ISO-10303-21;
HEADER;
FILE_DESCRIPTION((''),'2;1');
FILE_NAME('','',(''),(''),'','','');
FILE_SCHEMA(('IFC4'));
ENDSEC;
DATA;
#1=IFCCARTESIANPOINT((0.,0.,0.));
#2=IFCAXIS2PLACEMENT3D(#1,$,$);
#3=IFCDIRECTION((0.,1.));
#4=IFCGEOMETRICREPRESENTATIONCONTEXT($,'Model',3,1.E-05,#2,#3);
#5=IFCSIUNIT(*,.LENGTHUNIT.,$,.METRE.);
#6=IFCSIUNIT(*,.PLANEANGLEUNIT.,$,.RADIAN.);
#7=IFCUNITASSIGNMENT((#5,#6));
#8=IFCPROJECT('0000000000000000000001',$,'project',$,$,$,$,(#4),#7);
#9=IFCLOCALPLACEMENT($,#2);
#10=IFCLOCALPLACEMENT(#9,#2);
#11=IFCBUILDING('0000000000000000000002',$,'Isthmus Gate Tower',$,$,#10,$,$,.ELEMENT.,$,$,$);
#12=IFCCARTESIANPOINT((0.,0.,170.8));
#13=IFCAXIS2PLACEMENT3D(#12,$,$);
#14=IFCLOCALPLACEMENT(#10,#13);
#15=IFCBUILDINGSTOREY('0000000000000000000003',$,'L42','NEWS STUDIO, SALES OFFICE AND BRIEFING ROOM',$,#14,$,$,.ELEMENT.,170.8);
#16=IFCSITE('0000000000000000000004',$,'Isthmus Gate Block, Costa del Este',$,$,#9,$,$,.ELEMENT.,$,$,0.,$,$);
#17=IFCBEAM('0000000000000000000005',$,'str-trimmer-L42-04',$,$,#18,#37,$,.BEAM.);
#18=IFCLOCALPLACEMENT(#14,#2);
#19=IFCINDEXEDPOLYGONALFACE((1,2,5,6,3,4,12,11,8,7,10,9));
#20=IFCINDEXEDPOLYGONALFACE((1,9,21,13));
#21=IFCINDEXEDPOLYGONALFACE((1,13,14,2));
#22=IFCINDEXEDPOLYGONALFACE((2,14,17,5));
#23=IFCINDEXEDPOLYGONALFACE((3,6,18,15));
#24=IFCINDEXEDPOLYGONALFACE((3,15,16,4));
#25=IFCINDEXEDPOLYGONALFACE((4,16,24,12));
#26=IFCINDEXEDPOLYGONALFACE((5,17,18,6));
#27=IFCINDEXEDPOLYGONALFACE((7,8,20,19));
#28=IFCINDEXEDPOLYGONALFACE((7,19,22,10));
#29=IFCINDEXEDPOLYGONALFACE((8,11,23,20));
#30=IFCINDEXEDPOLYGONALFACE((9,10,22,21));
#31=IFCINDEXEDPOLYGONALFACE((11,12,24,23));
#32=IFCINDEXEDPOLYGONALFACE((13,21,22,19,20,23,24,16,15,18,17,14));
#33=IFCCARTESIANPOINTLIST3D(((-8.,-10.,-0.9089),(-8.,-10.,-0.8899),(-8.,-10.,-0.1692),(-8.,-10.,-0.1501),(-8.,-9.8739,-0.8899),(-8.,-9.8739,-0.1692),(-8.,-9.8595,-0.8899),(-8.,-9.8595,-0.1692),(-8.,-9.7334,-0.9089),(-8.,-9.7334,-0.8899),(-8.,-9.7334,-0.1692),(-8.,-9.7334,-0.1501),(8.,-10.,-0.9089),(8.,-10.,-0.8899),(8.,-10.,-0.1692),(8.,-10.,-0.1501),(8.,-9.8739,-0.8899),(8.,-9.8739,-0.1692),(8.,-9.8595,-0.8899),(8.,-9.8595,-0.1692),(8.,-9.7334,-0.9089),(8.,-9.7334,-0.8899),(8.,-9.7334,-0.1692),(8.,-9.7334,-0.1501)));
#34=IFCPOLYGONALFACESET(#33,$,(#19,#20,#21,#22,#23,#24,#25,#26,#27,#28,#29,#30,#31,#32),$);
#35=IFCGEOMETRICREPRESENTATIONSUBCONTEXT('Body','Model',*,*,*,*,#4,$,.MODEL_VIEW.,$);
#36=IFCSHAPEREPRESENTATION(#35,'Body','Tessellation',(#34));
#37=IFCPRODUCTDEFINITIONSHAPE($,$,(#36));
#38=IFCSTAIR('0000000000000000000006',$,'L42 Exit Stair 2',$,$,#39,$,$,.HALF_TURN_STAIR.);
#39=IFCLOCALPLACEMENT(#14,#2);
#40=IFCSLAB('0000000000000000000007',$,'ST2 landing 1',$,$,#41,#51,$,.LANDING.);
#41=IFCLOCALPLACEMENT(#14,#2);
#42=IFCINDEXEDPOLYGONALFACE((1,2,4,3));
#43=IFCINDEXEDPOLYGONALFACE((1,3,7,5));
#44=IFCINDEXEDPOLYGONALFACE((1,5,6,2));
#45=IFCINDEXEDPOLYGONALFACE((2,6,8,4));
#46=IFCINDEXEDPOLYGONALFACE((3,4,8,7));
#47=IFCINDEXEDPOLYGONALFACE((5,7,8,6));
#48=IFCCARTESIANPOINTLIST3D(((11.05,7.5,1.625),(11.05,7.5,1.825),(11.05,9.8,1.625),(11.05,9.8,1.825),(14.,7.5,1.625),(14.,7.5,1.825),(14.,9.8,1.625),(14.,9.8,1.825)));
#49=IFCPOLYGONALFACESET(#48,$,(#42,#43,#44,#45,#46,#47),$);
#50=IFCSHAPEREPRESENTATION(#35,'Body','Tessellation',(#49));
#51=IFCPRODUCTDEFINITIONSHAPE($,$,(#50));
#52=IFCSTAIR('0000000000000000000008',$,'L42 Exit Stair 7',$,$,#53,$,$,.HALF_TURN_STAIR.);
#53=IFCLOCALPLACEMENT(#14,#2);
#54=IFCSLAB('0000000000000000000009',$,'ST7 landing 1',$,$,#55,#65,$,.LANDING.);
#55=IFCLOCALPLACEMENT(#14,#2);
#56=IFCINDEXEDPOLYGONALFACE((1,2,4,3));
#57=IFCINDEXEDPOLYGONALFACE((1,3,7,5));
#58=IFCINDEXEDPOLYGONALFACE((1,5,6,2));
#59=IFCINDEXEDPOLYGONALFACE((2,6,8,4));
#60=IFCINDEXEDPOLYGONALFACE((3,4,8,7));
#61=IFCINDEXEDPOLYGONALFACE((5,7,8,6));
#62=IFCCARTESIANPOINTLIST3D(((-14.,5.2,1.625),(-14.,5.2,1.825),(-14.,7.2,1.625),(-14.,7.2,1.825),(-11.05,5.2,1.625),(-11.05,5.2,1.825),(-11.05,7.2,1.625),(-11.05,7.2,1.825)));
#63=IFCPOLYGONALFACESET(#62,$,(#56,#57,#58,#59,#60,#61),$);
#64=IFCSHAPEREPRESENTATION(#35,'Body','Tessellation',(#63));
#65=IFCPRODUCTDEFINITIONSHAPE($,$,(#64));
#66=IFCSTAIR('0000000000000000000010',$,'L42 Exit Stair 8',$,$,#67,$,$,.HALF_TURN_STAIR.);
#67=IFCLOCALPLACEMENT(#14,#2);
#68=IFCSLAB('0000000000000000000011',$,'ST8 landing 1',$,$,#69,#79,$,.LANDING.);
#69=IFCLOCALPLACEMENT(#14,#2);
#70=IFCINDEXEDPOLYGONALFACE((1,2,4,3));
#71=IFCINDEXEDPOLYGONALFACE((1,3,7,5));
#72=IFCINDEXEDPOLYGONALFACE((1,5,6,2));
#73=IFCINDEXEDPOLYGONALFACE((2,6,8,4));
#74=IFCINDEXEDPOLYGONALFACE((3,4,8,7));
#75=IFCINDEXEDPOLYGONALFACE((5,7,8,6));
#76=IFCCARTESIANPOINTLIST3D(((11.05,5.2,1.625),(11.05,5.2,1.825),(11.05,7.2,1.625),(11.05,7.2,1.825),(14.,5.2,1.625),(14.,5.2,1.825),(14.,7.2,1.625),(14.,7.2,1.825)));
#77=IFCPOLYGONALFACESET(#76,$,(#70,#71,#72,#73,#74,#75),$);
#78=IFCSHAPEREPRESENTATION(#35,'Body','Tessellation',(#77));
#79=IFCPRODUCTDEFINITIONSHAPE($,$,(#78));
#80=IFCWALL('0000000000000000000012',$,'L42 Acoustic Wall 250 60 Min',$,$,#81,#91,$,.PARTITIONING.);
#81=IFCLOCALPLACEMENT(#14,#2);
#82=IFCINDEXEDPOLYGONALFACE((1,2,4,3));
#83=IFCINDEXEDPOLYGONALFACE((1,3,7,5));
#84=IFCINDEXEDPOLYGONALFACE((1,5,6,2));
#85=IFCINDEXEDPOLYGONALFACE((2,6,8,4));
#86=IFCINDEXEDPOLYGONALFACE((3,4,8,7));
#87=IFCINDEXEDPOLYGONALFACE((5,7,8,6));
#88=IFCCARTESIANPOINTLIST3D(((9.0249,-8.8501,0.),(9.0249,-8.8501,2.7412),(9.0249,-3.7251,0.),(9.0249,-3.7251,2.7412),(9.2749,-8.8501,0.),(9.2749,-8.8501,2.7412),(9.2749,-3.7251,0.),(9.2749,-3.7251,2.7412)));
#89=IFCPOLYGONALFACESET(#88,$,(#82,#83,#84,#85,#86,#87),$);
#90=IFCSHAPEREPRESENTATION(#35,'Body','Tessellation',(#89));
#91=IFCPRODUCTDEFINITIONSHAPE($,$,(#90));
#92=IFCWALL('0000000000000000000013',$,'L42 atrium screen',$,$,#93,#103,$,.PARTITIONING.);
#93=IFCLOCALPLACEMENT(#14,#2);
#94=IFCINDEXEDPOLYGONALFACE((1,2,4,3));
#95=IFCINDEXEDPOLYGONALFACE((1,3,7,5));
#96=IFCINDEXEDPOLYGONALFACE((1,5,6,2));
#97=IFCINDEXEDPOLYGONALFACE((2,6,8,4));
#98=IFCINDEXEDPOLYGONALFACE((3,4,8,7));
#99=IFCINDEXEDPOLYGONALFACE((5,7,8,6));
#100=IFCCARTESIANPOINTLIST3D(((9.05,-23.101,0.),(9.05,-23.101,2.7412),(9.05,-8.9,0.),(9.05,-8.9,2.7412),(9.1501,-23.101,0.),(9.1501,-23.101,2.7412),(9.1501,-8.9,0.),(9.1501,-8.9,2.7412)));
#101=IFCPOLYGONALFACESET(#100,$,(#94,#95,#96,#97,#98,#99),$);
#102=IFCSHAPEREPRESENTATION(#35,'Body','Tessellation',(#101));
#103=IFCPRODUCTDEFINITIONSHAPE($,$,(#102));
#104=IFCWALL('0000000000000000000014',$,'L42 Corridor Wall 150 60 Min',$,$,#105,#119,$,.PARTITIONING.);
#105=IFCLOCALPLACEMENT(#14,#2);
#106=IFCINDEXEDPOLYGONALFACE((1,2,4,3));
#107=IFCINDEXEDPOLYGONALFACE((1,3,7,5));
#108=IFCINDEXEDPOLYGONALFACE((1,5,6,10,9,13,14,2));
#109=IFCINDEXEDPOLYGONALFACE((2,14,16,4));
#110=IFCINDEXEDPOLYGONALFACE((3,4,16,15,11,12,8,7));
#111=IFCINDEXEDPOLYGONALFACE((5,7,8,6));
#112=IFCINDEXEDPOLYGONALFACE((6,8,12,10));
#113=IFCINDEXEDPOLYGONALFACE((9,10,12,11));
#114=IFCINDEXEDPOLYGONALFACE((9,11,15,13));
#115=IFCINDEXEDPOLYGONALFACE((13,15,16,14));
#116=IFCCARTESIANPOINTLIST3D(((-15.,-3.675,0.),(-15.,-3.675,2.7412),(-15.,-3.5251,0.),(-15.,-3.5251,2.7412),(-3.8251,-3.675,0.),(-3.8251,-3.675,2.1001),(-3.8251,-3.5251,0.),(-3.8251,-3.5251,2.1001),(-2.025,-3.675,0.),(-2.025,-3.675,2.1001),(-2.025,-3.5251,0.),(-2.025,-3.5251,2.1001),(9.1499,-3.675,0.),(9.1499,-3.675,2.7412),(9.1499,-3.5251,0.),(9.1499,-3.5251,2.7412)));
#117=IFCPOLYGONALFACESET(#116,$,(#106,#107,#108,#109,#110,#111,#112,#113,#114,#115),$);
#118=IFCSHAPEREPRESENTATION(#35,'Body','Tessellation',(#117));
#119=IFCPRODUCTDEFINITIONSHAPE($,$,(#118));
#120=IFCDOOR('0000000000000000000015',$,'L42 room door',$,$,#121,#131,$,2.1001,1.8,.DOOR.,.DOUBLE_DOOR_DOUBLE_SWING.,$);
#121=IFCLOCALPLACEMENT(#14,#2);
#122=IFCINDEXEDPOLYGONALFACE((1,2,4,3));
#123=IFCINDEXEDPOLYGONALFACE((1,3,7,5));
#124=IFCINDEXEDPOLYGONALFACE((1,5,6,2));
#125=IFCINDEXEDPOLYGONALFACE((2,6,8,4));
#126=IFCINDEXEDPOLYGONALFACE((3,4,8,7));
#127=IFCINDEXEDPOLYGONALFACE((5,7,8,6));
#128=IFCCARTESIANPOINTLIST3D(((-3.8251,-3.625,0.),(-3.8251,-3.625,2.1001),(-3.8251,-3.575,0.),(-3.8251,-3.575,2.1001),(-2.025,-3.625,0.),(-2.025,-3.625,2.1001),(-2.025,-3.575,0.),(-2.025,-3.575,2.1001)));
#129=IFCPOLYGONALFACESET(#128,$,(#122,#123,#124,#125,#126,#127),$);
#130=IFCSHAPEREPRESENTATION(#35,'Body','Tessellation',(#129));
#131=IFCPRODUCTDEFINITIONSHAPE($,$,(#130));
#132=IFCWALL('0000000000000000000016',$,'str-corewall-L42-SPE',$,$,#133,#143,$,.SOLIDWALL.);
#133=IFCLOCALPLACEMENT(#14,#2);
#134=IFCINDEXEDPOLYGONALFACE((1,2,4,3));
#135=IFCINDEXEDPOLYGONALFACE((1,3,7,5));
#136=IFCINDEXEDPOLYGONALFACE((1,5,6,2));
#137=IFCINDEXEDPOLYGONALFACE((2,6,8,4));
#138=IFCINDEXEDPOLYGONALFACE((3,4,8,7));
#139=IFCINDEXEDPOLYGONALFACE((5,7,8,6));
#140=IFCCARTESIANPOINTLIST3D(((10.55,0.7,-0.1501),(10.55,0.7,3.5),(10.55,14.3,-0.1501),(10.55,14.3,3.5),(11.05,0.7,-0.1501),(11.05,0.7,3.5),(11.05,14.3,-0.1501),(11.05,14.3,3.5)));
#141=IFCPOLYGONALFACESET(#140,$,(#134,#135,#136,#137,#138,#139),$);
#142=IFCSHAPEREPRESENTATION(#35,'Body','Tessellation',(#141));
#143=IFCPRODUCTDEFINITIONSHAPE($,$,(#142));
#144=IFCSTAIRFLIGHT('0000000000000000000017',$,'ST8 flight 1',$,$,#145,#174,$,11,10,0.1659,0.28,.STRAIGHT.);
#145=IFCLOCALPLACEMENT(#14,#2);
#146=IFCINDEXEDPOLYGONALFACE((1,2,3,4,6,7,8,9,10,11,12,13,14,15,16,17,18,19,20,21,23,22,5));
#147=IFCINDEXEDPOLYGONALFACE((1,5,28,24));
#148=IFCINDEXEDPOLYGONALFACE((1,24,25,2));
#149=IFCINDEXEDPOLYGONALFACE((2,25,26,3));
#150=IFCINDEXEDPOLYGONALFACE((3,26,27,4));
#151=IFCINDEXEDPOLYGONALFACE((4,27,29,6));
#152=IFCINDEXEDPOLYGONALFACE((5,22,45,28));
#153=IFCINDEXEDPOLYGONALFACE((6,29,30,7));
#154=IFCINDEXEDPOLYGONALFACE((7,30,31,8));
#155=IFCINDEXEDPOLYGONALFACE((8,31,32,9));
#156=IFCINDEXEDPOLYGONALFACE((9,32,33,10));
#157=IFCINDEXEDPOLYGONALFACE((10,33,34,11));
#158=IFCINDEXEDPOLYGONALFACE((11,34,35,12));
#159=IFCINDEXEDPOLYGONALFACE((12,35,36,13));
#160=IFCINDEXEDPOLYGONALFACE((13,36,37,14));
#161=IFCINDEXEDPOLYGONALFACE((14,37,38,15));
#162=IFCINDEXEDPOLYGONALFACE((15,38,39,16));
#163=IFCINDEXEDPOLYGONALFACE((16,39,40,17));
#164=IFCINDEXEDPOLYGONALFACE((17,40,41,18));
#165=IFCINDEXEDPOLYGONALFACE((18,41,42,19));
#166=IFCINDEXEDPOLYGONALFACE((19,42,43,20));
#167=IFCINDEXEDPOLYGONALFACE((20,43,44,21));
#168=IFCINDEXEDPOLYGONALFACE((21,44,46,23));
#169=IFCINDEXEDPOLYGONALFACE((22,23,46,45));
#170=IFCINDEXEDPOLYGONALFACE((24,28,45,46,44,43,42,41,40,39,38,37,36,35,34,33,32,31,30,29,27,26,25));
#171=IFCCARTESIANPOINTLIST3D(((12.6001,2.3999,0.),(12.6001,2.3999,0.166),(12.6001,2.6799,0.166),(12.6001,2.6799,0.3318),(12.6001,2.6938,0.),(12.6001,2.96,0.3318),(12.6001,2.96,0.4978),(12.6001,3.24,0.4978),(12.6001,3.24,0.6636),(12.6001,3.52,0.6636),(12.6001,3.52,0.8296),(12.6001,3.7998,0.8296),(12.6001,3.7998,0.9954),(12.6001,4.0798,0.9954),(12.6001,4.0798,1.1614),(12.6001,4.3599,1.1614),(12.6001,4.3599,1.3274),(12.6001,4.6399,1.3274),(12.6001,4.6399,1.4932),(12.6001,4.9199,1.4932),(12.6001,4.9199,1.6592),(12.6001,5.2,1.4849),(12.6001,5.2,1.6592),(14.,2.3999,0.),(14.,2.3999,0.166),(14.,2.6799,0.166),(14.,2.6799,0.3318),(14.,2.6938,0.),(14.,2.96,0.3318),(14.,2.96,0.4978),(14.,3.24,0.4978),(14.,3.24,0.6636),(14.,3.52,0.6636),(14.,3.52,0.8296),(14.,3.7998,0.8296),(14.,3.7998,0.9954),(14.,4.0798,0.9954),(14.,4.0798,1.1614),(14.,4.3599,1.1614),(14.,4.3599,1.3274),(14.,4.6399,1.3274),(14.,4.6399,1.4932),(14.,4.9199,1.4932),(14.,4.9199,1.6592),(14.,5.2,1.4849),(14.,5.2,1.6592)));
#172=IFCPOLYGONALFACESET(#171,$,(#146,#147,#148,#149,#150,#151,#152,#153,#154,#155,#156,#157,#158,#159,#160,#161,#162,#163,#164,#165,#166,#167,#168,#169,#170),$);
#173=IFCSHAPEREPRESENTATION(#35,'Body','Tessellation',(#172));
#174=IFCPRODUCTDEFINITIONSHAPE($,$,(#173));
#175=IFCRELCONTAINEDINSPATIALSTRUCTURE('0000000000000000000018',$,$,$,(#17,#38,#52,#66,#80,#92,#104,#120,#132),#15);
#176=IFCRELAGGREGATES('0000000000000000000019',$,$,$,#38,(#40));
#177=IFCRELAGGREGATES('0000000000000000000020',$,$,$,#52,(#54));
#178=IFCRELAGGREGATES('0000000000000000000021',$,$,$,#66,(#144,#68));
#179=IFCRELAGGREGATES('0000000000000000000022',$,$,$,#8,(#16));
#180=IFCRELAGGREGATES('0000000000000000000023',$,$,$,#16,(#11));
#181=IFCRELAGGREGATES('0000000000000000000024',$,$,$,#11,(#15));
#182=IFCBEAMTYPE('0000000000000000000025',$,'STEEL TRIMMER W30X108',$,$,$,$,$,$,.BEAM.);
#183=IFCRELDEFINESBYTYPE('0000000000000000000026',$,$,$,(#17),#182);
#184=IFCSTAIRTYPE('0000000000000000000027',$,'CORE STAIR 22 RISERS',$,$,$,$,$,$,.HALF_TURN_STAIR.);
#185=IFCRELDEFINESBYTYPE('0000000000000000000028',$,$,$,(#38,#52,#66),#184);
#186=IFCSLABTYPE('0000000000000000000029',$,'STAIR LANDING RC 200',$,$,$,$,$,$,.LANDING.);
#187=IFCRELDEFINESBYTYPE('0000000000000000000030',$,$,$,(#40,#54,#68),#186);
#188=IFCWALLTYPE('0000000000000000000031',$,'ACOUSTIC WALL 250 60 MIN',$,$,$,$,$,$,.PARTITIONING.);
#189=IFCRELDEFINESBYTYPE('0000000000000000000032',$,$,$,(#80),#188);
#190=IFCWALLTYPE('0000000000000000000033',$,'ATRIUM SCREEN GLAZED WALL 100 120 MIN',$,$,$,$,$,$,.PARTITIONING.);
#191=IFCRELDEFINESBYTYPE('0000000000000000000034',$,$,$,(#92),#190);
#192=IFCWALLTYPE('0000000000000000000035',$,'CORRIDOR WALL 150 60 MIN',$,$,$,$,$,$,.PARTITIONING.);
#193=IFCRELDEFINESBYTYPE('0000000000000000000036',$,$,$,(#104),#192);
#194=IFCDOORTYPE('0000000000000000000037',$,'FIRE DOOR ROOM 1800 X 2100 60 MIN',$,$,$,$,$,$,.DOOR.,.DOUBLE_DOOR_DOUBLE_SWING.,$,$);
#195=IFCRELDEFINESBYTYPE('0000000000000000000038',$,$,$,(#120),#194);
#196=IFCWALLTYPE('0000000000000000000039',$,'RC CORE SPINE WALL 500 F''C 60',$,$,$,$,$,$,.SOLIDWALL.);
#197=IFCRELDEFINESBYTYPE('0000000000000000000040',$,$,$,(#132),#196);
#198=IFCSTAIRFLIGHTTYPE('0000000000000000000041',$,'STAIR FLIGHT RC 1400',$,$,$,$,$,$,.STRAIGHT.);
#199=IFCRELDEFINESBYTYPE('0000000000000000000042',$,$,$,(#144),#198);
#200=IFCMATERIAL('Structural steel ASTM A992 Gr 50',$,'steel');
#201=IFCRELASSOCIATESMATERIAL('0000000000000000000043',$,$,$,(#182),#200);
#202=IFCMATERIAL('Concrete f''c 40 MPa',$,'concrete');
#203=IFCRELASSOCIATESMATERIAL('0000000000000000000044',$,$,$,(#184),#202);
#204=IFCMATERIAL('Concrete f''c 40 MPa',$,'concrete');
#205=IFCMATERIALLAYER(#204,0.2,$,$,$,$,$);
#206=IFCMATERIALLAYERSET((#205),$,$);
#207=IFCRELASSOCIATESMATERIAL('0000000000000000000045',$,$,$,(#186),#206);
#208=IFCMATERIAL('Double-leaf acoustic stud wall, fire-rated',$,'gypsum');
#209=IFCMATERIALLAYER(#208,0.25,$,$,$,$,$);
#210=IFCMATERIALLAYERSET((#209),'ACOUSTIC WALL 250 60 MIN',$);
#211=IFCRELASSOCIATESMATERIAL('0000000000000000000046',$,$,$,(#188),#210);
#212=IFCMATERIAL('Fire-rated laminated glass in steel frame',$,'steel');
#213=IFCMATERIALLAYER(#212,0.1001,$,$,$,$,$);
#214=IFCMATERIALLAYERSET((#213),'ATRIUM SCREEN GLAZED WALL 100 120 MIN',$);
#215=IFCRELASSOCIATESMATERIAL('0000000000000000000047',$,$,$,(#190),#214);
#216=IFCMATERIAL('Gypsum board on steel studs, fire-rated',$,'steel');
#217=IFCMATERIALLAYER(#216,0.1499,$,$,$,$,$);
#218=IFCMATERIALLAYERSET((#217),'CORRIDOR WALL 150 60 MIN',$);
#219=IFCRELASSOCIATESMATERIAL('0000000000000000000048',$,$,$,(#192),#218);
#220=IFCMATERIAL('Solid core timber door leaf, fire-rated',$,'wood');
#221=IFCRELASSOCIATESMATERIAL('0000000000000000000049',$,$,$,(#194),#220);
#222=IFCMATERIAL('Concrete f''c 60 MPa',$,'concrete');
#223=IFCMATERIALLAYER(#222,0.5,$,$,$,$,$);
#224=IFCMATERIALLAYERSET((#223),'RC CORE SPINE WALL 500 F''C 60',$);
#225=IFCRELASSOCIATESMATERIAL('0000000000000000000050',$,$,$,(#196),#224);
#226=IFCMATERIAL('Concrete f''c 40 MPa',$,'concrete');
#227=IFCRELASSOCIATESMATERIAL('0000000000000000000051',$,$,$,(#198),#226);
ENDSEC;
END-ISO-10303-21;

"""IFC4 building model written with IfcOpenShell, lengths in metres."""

from ifc_helpers import new_model, si_unit, direction, frame, frame_2d, origin, origin_2d, place, context, subcontext, project, spatial, polyline, rectangle, i_section, outline, extrude, material, layer, layer_set, material_profile, profile_set, type_object, element, fill, aggregate, save


model = new_model("IFC4")

# Units and contexts
model_context = context("Model", 3, precision=1e-05, world=origin(), true_north=direction((0.0, 1.0)))
body_context = subcontext(model_context, "Body", "Model", "MODEL_VIEW")
ifc_project = project(units=[si_unit("LENGTHUNIT", "METRE"), si_unit("PLANEANGLEUNIT", "RADIAN")], contexts=[model_context])

# Site, building, storey
site_placement = place(None, origin())
site = spatial("IfcSite", under=ifc_project, at=site_placement, Name="Isthmus Gate Block, Costa del Este", CompositionType="ELEMENT", RefElevation=0.0)
building_placement = place(site_placement, origin())
building = spatial("IfcBuilding", under=site, at=building_placement, Name="Isthmus Gate Tower", CompositionType="ELEMENT")
storey_placement = place(building_placement, frame((0.0, 0.0, 170.8)))
storey = spatial("IfcBuildingStorey", under=building, at=storey_placement, Name="L42", Description="NEWS STUDIO, SALES OFFICE AND BRIEFING ROOM", CompositionType="ELEMENT", Elevation=170.8)

# Beam
ifc_material_1 = material(Name="Structural steel ASTM A992 Gr 50", Category="steel")
ifc_material_profile_1 = material_profile(ifc_material_1, i_section(OverallWidth=0.2666, OverallDepth=0.7588, WebThickness=0.0144, FlangeThickness=0.019, at=origin_2d()), Name="W30X108")
ifc_profile_set_1 = profile_set([ifc_material_profile_1], Name="Structural steel ASTM A992 Gr 50")
beam_type_1 = type_object("IfcBeamType", Name="STEEL TRIMMER W30X108", PredefinedType="BEAM", material=ifc_profile_set_1)
beam_1_placement = place(storey_placement, frame((8.0, -9.8667, -0.5295), z_axis=(-1.0, 0.0, 0.0), x_axis=(0.0, -1.0, 0.0)))
element("IfcBeam", 1, at=beam_1_placement, inside=storey, type_object=beam_type_1, Name="str-trimmer-L42-04", PredefinedType="BEAM", context=body_context, shape_type="SweptSolid", body=[
    extrude(i_section(OverallWidth=0.2666, OverallDepth=0.7588, WebThickness=0.0144, FlangeThickness=0.019, at=origin_2d()), origin(), (0.0, 0.0, 1.0), 16.0),
])

# Stairs, slabs
ifc_material_2 = material(Name="Concrete f'c 40 MPa", Category="concrete")
stair_type = type_object("IfcStairType", Name="CORE STAIR 22 RISERS", PredefinedType="HALF_TURN_STAIR", material=ifc_material_2)
stair_1_placement = place(storey_placement, origin())
stair_1 = element("IfcStair", 2, at=stair_1_placement, inside=storey, type_object=stair_type, Name="L42 Exit Stair 2", PredefinedType="HALF_TURN_STAIR")
ifc_material_3 = material(Name="Concrete f'c 40 MPa", Category="concrete")
ifc_layer_1 = layer(ifc_material_3, 0.2)
ifc_layer_set_1 = layer_set([ifc_layer_1])
slab_type = type_object("IfcSlabType", Name="STAIR LANDING RC 200", PredefinedType="LANDING", material=ifc_layer_set_1)
slab_1_placement = place(storey_placement, frame((0.0, 0.0, 1.625)))
slab_1 = element("IfcSlab", 3, at=slab_1_placement, type_object=slab_type, Name="ST2 landing 1", PredefinedType="LANDING", context=body_context, shape_type="SweptSolid", body=[
    extrude(outline(polyline([(11.05, 9.8), (11.05, 7.5), (14.0, 7.5), (14.0, 9.8), (11.05, 9.8)])), origin(), (0.0, 0.0, 1.0), 0.2),
])
aggregate(stair_1, [slab_1])
stair_2_placement = place(storey_placement, origin())
stair_2 = element("IfcStair", 4, at=stair_2_placement, inside=storey, type_object=stair_type, Name="L42 Exit Stair 7", PredefinedType="HALF_TURN_STAIR")
slab_2_placement = place(storey_placement, frame((0.0, 0.0, 1.625)))
slab_2 = element("IfcSlab", 5, at=slab_2_placement, type_object=slab_type, Name="ST7 landing 1", PredefinedType="LANDING", context=body_context, shape_type="SweptSolid", body=[
    extrude(outline(polyline([(-11.05, 5.2), (-11.05, 7.2), (-14.0, 7.2), (-14.0, 5.2), (-11.05, 5.2)])), origin(), (0.0, 0.0, 1.0), 0.2),
])
aggregate(stair_2, [slab_2])
stair_3_placement = place(storey_placement, origin())
stair_3 = element("IfcStair", 6, at=stair_3_placement, inside=storey, type_object=stair_type, Name="L42 Exit Stair 8", PredefinedType="HALF_TURN_STAIR")
slab_3_placement = place(storey_placement, frame((0.0, 0.0, 1.625)))
slab_3 = element("IfcSlab", 7, at=slab_3_placement, type_object=slab_type, Name="ST8 landing 1", PredefinedType="LANDING", context=body_context, shape_type="SweptSolid", body=[
    extrude(outline(polyline([(14.0, 5.2), (14.0, 7.2), (11.05, 7.2), (11.05, 5.2), (14.0, 5.2)])), origin(), (0.0, 0.0, 1.0), 0.2),
])

# Walls
ifc_material_4 = material(Name="Double-leaf acoustic stud wall, fire-rated", Category="gypsum")
ifc_layer_2 = layer(ifc_material_4, 0.25)
ifc_layer_set_2 = layer_set([ifc_layer_2], Name="ACOUSTIC WALL 250 60 MIN")
wall_type_1 = type_object("IfcWallType", Name="ACOUSTIC WALL 250 60 MIN", PredefinedType="PARTITIONING", material=ifc_layer_set_2)
wall_1_placement = place(storey_placement, frame((9.1499, -8.8501, 0.0), z_axis=(0.0, 0.0, 1.0), x_axis=(0.0, 1.0, 0.0)))
element("IfcWall", 8, at=wall_1_placement, inside=storey, type_object=wall_type_1, Name="L42 Acoustic Wall 250 60 Min", PredefinedType="PARTITIONING", context=body_context, shape_type="SweptSolid", body=[
    extrude(rectangle(XDim=5.125, YDim=0.25, at=frame_2d((2.5625, 0.0))), origin(), (0.0, 0.0, 1.0), 2.7412),
])
ifc_material_5 = material(Name="Fire-rated laminated glass in steel frame", Category="steel")
ifc_layer_3 = layer(ifc_material_5, 0.1001)
ifc_layer_set_3 = layer_set([ifc_layer_3], Name="ATRIUM SCREEN GLAZED WALL 100 120 MIN")
wall_type_2 = type_object("IfcWallType", Name="ATRIUM SCREEN GLAZED WALL 100 120 MIN", PredefinedType="PARTITIONING", material=ifc_layer_set_3)
wall_2_placement = place(storey_placement, frame((9.1001, -8.8999, 0.0), z_axis=(0.0, 0.0, 1.0), x_axis=(0.0, -1.0, 0.0)))
element("IfcWall", 9, at=wall_2_placement, inside=storey, type_object=wall_type_2, Name="L42 atrium screen", PredefinedType="PARTITIONING", context=body_context, shape_type="SweptSolid", body=[
    extrude(rectangle(XDim=14.2009, YDim=0.1001, at=frame_2d((7.1006, 0.0))), origin(), (0.0, 0.0, 1.0), 2.7412),
])

# Wall, opening, door
ifc_material_6 = material(Name="Gypsum board on steel studs, fire-rated", Category="steel")
ifc_layer_4 = layer(ifc_material_6, 0.1499)
ifc_layer_set_4 = layer_set([ifc_layer_4], Name="CORRIDOR WALL 150 60 MIN")
wall_type_3 = type_object("IfcWallType", Name="CORRIDOR WALL 150 60 MIN", PredefinedType="PARTITIONING", material=ifc_layer_set_4)
wall_3_placement = place(storey_placement, frame((9.1499, -3.6001, 0.0), z_axis=(0.0, 0.0, 1.0), x_axis=(-1.0, 0.0, 0.0)))
wall_3 = element("IfcWall", 10, at=wall_3_placement, inside=storey, type_object=wall_type_3, Name="L42 Corridor Wall 150 60 Min", PredefinedType="PARTITIONING", context=body_context, shape_type="SweptSolid", body=[
    extrude(rectangle(XDim=24.1499, YDim=0.1499, at=frame_2d((12.075, 0.0))), origin(), (0.0, 0.0, 1.0), 2.7412),
])
opening_placement = place(wall_3_placement, frame((11.175, 0.0, 0.0)))
opening = element("IfcOpeningElement", 11, at=opening_placement, cuts=wall_3, PredefinedType="OPENING", context=body_context, shape_type="SweptSolid", body=[
    extrude(rectangle(XDim=1.8, YDim=2.1001, at=frame_2d((0.8999, 1.05))), frame((0.0, 0.085, 0.0), z_axis=(0.0, -1.0, 0.0), x_axis=(1.0, 0.0, 0.0)), (0.0, 0.0, 1.0), 0.1699),
])
ifc_material_7 = material(Name="Solid core timber door leaf, fire-rated", Category="wood")
door_type = type_object("IfcDoorType", Name="FIRE DOOR ROOM 1800 X 2100 60 MIN", OperationType="DOUBLE_DOOR_DOUBLE_SWING", PredefinedType="DOOR", material=ifc_material_7)
door_placement = place(opening_placement, origin())
door = element("IfcDoor", 12, at=door_placement, inside=storey, type_object=door_type, Name="L42 room door", OperationType="DOUBLE_DOOR_DOUBLE_SWING", OverallHeight=2.1001, OverallWidth=1.8, PredefinedType="DOOR", context=body_context, shape_type="SweptSolid", body=[
    extrude(rectangle(XDim=1.8, YDim=2.1001, at=frame_2d((0.8999, 1.05))), frame((0.0, 0.0249, 0.0), z_axis=(0.0, -1.0, 0.0), x_axis=(1.0, 0.0, 0.0)), (0.0, 0.0, 1.0), 0.05),
])
fill(opening, door)

# Wall
ifc_material_8 = material(Name="Concrete f'c 60 MPa", Category="concrete")
ifc_layer_5 = layer(ifc_material_8, 0.5)
ifc_layer_set_5 = layer_set([ifc_layer_5], Name="RC CORE SPINE WALL 500 F'C 60")
wall_type_4 = type_object("IfcWallType", Name="RC CORE SPINE WALL 500 F'C 60", PredefinedType="SOLIDWALL", material=ifc_layer_set_5)
wall_4_placement = place(storey_placement, frame((10.8, 0.7, -0.1501), z_axis=(0.0, 0.0, 1.0), x_axis=(0.0, 1.0, 0.0)))
element("IfcWall", 13, at=wall_4_placement, inside=storey, type_object=wall_type_4, Name="str-corewall-L42-SPE", PredefinedType="SOLIDWALL", context=body_context, shape_type="SweptSolid", body=[
    extrude(rectangle(XDim=13.6001, YDim=0.5, at=frame_2d((6.8, 0.0))), origin(), (0.0, 0.0, 1.0), 3.6501),
])

# Stair flight
ifc_material_9 = material(Name="Concrete f'c 40 MPa", Category="concrete")
stair_flight_type = type_object("IfcStairFlightType", Name="STAIR FLIGHT RC 1400", PredefinedType="STRAIGHT", material=ifc_material_9)
stair_flight_placement = place(storey_placement, frame((13.3, 2.3999, 0.0), z_axis=(0.0, 0.0, 1.0), x_axis=(0.0, 1.0, 0.0)))
stair_flight = element("IfcStairFlight", 14, at=stair_flight_placement, type_object=stair_flight_type, Name="ST8 flight 1", NumberOfRisers=11, NumberOfTreads=10, PredefinedType="STRAIGHT", RiserHeight=0.1659, TreadLength=0.28, context=body_context, shape_type="SweptSolid", body=[
    extrude(outline(polyline([(0.0, 0.0), (0.0, 0.166), (0.28, 0.166), (0.28, 0.3318), (0.5601, 0.3318), (0.5601, 0.4978), (0.8401, 0.4978), (0.8401, 0.6636), (1.1201, 0.6636), (1.1201, 0.8296), (1.3999, 0.8296), (1.3999, 0.9954), (1.6799, 0.9954), (1.6799, 1.1614), (1.96, 1.1614), (1.96, 1.3274), (2.24, 1.3274), (2.24, 1.4932), (2.52, 1.4932), (2.52, 1.6592), (2.8, 1.6592), (2.8, 1.825), (2.8, 1.4849), (0.2939, 0.0), (0.0, 0.0)])), frame((0.0, 0.7, 0.0), z_axis=(0.0, -1.0, 0.0), x_axis=(1.0, 0.0, 0.0)), (0.0, 0.0, 1.0), 1.3999),
])
aggregate(stair_3, [stair_flight, slab_3])

save(model, "model.ifc")
